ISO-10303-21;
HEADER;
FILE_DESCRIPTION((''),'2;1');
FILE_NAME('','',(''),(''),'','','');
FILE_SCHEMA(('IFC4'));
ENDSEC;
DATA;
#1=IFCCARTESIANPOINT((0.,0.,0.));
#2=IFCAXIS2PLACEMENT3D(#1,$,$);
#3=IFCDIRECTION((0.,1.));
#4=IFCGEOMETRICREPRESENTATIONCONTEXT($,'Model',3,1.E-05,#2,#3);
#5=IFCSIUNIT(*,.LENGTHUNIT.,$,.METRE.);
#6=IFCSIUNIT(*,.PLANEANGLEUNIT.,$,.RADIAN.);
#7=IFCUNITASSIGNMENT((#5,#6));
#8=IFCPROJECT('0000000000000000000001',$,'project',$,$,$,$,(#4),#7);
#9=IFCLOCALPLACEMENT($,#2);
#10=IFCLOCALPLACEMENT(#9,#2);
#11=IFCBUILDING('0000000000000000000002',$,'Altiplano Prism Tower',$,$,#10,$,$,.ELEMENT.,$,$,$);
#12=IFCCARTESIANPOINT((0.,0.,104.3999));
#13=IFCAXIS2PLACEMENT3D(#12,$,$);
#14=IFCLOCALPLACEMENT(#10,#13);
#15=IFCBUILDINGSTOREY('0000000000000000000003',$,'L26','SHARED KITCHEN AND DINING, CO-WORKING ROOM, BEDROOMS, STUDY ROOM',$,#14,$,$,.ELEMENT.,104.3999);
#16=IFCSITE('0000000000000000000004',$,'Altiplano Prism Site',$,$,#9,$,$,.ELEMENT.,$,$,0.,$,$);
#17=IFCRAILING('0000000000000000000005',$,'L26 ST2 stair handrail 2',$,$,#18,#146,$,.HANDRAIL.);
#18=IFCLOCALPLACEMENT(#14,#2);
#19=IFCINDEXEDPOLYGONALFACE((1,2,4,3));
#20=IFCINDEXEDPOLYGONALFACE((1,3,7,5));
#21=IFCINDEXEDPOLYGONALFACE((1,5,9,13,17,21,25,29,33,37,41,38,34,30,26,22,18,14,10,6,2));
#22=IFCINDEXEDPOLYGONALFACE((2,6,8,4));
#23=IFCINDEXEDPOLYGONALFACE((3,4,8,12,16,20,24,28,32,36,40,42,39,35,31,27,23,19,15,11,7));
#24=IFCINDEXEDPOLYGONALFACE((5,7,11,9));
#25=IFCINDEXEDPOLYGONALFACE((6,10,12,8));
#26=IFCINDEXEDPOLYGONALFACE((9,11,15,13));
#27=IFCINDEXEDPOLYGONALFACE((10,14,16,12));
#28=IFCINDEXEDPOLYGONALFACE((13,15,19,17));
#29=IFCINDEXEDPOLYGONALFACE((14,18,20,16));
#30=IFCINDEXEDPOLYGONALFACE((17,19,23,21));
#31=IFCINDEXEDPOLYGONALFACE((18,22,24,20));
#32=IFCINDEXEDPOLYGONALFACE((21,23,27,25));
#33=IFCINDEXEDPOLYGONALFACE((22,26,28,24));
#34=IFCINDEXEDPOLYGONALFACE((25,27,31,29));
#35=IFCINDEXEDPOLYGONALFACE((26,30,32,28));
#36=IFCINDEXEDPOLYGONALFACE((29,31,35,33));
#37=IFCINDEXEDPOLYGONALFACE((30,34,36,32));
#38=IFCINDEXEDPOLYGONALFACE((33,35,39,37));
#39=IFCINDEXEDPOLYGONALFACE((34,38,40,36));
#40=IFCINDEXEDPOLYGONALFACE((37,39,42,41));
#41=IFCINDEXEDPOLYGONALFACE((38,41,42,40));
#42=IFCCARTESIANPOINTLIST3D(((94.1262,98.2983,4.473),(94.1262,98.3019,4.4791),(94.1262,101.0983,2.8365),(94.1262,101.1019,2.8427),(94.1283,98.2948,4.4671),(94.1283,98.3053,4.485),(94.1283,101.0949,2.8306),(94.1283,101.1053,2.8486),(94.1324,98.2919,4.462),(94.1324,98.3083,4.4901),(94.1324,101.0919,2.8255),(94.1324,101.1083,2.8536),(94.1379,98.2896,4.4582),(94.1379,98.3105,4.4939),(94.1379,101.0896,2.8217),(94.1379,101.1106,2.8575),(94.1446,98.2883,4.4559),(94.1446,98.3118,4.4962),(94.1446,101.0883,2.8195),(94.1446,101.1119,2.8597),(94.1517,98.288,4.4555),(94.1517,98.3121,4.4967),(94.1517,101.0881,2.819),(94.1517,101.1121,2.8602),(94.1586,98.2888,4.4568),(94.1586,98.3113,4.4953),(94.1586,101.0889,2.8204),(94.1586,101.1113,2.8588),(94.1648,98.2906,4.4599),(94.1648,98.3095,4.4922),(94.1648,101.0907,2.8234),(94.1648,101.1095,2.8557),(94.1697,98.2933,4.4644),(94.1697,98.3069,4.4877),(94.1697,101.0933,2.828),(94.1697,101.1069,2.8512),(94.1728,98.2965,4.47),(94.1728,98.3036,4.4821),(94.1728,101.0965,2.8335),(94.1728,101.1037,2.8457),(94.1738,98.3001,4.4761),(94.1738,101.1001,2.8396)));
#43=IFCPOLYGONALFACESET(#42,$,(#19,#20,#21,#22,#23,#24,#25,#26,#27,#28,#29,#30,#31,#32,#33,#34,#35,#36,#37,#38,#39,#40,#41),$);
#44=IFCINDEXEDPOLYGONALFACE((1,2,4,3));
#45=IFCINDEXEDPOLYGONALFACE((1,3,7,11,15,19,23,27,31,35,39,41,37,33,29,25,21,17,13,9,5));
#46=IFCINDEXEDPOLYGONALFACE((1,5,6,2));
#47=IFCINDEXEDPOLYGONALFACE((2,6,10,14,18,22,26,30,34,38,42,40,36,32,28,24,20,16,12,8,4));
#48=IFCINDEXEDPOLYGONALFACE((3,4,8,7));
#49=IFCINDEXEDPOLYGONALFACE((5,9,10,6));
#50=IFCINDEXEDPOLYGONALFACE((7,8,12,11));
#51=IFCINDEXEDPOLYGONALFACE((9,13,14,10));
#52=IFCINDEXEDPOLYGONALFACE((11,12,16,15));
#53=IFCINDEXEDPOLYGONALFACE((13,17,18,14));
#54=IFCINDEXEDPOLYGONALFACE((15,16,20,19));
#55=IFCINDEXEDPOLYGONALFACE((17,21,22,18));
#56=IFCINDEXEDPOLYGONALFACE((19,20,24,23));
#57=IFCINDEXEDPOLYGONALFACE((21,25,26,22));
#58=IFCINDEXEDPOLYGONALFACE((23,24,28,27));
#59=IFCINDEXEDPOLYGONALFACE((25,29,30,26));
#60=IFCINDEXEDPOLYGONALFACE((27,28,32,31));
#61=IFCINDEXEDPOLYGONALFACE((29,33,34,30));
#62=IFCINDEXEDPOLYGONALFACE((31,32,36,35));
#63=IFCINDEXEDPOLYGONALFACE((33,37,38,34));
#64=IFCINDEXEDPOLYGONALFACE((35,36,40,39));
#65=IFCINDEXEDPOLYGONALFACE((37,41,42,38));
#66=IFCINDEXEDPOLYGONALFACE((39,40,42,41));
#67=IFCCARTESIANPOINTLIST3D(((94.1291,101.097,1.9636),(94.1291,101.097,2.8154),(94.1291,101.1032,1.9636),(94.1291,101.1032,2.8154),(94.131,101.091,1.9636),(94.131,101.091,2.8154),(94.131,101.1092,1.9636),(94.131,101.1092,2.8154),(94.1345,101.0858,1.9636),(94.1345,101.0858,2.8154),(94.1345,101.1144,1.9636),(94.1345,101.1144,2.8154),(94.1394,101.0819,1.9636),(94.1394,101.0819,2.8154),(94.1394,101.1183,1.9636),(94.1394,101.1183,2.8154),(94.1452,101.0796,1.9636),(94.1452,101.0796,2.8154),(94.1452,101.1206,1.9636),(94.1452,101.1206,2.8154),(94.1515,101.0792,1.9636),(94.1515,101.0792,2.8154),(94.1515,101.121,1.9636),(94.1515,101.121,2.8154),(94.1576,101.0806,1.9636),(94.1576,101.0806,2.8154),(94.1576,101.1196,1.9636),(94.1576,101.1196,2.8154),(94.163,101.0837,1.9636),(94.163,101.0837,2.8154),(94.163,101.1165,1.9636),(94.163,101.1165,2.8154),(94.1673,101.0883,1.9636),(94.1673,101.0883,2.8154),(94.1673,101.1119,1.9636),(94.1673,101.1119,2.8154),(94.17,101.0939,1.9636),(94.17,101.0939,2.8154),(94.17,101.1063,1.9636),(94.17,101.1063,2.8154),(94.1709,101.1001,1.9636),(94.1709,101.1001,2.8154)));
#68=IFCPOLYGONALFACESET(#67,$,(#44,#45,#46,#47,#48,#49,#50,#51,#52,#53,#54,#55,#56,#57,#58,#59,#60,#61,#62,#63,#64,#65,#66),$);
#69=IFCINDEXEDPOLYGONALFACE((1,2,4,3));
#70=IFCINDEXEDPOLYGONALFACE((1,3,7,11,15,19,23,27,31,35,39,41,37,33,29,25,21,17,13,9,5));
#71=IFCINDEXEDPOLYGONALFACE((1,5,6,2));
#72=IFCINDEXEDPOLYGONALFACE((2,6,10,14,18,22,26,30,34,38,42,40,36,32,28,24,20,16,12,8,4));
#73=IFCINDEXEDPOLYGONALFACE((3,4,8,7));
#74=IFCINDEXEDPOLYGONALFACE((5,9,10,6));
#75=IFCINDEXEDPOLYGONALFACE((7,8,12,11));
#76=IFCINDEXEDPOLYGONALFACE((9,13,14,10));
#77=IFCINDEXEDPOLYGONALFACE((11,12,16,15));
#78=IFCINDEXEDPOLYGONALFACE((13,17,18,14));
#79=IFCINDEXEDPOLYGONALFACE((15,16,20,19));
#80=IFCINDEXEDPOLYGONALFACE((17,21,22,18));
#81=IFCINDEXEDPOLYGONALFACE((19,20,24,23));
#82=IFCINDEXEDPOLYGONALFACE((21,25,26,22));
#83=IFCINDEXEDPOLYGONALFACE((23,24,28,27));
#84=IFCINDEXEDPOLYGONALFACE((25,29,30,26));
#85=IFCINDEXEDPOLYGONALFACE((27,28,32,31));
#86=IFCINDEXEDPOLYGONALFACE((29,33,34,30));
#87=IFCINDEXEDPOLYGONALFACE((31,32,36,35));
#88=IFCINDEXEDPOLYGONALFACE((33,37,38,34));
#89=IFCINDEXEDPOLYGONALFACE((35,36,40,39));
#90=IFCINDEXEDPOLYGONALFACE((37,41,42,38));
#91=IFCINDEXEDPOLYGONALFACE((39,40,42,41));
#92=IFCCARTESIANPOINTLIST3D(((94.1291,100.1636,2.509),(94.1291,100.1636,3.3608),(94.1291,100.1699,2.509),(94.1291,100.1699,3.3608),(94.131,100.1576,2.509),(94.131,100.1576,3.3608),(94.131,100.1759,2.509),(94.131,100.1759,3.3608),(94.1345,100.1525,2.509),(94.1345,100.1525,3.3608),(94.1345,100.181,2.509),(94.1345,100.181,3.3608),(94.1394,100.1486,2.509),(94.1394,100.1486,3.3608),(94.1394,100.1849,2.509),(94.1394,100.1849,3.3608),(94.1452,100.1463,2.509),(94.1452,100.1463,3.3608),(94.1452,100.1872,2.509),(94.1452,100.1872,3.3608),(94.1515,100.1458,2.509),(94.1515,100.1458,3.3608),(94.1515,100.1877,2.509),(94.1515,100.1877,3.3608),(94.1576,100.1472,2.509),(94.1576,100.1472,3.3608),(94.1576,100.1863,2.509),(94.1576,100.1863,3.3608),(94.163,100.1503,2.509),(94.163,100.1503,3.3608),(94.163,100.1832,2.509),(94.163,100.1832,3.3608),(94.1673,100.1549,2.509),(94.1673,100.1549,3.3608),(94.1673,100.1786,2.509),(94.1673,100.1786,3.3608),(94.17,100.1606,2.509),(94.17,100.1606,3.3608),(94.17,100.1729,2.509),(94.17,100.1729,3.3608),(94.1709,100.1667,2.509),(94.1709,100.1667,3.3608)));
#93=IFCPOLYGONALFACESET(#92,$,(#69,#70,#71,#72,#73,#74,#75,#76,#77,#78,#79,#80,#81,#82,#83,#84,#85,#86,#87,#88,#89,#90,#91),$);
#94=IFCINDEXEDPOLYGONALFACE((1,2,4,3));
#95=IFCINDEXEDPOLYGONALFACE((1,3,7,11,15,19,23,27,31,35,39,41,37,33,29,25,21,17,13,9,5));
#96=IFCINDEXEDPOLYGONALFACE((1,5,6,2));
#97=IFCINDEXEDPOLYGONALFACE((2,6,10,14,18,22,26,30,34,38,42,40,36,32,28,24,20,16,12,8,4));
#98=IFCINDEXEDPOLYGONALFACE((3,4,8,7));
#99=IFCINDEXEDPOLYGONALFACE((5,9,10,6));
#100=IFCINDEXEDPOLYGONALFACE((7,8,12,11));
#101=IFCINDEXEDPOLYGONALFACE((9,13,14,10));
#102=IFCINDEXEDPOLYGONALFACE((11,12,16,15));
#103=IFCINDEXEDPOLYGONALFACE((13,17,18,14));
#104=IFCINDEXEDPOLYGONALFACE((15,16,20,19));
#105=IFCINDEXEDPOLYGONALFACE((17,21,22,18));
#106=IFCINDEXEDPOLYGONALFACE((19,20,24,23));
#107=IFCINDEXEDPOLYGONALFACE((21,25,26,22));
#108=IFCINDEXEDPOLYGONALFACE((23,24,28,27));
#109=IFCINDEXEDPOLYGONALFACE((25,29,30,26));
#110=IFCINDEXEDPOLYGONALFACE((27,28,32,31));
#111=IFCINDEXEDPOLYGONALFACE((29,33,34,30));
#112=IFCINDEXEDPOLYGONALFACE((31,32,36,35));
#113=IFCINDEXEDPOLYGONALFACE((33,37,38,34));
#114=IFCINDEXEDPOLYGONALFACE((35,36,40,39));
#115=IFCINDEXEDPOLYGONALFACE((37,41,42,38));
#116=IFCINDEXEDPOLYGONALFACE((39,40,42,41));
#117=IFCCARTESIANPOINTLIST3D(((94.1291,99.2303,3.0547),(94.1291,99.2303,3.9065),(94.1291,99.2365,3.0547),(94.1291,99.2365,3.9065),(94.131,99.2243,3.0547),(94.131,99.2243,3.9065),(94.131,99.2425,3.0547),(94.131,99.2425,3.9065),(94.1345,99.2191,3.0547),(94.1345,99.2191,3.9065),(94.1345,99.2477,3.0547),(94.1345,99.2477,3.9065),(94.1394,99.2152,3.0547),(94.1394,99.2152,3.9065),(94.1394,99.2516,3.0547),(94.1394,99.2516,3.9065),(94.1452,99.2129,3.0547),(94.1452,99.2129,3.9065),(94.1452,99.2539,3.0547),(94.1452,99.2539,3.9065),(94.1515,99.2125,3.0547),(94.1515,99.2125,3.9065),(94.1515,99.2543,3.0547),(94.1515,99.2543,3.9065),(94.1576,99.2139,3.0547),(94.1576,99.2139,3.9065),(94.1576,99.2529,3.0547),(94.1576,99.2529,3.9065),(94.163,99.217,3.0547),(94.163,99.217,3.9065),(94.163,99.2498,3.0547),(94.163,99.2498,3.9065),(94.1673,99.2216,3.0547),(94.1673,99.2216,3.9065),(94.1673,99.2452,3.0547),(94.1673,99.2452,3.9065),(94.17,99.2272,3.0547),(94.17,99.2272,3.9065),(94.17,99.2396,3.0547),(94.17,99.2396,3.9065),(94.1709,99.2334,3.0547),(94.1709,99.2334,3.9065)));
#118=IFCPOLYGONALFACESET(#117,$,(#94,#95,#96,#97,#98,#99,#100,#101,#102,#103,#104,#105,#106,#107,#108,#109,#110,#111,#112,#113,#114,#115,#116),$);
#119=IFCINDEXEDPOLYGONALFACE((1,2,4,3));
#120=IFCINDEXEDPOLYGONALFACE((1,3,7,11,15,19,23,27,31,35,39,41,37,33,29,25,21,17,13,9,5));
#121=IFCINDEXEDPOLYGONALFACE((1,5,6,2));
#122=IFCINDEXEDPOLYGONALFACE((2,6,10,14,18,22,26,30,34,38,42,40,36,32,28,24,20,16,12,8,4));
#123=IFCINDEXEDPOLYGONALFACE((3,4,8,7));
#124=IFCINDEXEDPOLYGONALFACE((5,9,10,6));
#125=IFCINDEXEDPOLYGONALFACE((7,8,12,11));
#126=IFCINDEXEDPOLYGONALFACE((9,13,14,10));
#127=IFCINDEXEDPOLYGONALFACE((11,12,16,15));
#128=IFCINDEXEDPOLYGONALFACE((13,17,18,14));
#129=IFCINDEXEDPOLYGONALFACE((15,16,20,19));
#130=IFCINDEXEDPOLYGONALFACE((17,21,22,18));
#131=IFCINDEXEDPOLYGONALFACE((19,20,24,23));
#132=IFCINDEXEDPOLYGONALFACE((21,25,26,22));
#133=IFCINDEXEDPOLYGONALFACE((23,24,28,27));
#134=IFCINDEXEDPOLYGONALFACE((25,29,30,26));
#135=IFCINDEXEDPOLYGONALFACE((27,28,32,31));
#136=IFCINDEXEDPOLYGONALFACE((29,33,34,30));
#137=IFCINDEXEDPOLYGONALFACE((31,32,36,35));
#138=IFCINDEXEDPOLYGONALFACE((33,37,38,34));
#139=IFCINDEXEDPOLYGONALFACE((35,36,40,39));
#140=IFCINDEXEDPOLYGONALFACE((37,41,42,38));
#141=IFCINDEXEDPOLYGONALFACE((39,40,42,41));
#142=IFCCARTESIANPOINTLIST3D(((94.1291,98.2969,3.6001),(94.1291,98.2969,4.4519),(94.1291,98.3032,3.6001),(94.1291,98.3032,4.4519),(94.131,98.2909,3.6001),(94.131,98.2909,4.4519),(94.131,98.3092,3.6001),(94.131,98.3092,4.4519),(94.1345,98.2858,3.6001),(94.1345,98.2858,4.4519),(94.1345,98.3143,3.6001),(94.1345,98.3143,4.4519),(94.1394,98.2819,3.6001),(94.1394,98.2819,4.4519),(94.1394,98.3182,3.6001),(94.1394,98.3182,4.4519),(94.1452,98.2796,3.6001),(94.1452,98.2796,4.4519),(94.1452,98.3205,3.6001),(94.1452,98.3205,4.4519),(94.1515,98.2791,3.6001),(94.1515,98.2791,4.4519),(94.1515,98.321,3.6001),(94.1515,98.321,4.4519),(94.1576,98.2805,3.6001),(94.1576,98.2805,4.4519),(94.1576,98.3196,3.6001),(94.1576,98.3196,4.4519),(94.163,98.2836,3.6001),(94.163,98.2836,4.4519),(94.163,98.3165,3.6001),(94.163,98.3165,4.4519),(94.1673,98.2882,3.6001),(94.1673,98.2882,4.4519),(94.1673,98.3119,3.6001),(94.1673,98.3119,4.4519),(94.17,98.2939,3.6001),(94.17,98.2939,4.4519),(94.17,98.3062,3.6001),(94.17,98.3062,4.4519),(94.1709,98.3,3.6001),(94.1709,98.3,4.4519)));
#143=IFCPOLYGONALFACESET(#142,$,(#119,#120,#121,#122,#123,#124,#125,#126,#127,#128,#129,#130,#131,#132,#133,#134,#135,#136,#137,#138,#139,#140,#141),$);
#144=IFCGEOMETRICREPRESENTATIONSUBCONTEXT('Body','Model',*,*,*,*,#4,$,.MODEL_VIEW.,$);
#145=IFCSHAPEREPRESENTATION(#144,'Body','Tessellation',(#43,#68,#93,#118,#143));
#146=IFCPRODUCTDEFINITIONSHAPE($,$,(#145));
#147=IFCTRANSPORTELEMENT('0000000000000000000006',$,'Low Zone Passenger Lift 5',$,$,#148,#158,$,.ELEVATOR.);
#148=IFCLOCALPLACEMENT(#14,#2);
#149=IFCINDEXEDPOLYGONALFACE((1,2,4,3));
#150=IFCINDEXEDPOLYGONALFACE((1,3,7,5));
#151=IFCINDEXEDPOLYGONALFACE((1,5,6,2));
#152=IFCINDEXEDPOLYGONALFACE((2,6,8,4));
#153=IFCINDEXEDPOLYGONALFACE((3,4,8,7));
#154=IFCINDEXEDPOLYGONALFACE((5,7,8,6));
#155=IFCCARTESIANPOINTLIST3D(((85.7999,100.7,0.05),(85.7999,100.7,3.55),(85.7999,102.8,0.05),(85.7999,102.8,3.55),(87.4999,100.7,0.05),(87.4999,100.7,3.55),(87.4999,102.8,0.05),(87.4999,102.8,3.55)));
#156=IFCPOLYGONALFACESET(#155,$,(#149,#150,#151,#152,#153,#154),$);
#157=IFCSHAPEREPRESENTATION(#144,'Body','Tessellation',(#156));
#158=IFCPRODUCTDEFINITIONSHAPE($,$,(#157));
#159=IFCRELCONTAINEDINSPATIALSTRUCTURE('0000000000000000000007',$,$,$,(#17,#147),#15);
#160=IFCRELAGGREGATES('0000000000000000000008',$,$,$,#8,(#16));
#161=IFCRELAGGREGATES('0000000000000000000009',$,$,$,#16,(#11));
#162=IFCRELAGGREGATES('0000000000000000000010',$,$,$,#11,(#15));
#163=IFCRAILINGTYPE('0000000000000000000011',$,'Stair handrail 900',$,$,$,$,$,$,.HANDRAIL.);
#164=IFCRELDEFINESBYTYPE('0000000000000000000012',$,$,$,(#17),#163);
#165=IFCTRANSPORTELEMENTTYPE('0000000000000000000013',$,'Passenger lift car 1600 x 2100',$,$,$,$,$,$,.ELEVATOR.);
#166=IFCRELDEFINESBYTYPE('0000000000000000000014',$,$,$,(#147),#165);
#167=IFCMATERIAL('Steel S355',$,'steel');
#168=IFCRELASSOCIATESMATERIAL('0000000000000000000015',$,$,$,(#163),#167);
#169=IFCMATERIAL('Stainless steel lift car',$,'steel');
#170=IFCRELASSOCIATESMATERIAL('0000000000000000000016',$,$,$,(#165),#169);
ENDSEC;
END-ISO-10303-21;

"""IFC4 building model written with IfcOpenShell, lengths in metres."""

from ifc_helpers import new_model, si_unit, direction, frame, origin, origin_2d, place, context, subcontext, project, spatial, rectangle, circle, extrude, material, type_object, element, save


model = new_model("IFC4")

# Units and contexts
model_context = context("Model", 3, precision=1e-05, world=origin(), true_north=direction((0.0, 1.0)))
body_context = subcontext(model_context, "Body", "Model", "MODEL_VIEW")
ifc_project = project(units=[si_unit("LENGTHUNIT", "METRE"), si_unit("PLANEANGLEUNIT", "RADIAN")], contexts=[model_context])

# Site, building, storey
site_placement = place(None, origin())
site = spatial("IfcSite", under=ifc_project, at=site_placement, Name="Altiplano Prism Site", CompositionType="ELEMENT", RefElevation=0.0)
building_placement = place(site_placement, origin())
building = spatial("IfcBuilding", under=site, at=building_placement, Name="Altiplano Prism Tower", CompositionType="ELEMENT")
storey_placement = place(building_placement, frame((0.0, 0.0, 104.3999)))
storey = spatial("IfcBuildingStorey", under=building, at=storey_placement, Name="L26", Description="SHARED KITCHEN AND DINING, CO-WORKING ROOM, BEDROOMS, STUDY ROOM", CompositionType="ELEMENT", Elevation=104.3999)

# Railing
ifc_material_1 = material(Name="Steel S355", Category="steel")
railing_type_1 = type_object("IfcRailingType", Name="Stair handrail 900", PredefinedType="HANDRAIL", material=ifc_material_1)
railing_1_placement = place(storey_placement, frame((94.1499, 101.1001, 1.9636)))
element("IfcRailing", 1, at=railing_1_placement, inside=storey, type_object=railing_type_1, Name="L26 ST2 stair handrail 2", PredefinedType="HANDRAIL", context=body_context, shape_type="SweptSolid", body=[
    extrude(circle(Radius=0.0239, at=origin_2d()), frame((0.0, 0.0, 0.876), z_axis=(0.0, -0.863361, 0.504587), x_axis=(1.0, 0.0, 0.0)), (0.0, 0.0, 1.0), 3.2432),
    extrude(circle(Radius=0.021, at=origin_2d()), origin(), (0.0, 0.0, 1.0), 0.8518),
    extrude(circle(Radius=0.021, at=origin_2d()), frame((0.0, -0.9333, 0.5454)), (0.0, 0.0, 1.0), 0.8518),
    extrude(circle(Radius=0.021, at=origin_2d()), frame((0.0, -1.8667, 1.0911)), (0.0, 0.0, 1.0), 0.8518),
    extrude(circle(Radius=0.021, at=origin_2d()), frame((0.0, -2.8, 1.6365)), (0.0, 0.0, 1.0), 0.8518),
])

# Transport element
ifc_material_2 = material(Name="Stainless steel lift car", Category="steel")
transport_element_type = type_object("IfcTransportElementType", Name="Passenger lift car 1600 x 2100", PredefinedType="ELEVATOR", material=ifc_material_2)
transport_element_placement = place(storey_placement, frame((86.6499, 101.75, 0.05), z_axis=(0.0, 0.0, 1.0), x_axis=(1.0, 0.0, 0.0)))
element("IfcTransportElement", 2, at=transport_element_placement, inside=storey, type_object=transport_element_type, Name="Low Zone Passenger Lift 5", PredefinedType="ELEVATOR", context=body_context, shape_type="SweptSolid", body=[
    extrude(rectangle(XDim=1.7, YDim=2.1001, at=origin_2d()), origin(), (0.0, 0.0, 1.0), 3.5),
])

save(model, "model.ifc")
